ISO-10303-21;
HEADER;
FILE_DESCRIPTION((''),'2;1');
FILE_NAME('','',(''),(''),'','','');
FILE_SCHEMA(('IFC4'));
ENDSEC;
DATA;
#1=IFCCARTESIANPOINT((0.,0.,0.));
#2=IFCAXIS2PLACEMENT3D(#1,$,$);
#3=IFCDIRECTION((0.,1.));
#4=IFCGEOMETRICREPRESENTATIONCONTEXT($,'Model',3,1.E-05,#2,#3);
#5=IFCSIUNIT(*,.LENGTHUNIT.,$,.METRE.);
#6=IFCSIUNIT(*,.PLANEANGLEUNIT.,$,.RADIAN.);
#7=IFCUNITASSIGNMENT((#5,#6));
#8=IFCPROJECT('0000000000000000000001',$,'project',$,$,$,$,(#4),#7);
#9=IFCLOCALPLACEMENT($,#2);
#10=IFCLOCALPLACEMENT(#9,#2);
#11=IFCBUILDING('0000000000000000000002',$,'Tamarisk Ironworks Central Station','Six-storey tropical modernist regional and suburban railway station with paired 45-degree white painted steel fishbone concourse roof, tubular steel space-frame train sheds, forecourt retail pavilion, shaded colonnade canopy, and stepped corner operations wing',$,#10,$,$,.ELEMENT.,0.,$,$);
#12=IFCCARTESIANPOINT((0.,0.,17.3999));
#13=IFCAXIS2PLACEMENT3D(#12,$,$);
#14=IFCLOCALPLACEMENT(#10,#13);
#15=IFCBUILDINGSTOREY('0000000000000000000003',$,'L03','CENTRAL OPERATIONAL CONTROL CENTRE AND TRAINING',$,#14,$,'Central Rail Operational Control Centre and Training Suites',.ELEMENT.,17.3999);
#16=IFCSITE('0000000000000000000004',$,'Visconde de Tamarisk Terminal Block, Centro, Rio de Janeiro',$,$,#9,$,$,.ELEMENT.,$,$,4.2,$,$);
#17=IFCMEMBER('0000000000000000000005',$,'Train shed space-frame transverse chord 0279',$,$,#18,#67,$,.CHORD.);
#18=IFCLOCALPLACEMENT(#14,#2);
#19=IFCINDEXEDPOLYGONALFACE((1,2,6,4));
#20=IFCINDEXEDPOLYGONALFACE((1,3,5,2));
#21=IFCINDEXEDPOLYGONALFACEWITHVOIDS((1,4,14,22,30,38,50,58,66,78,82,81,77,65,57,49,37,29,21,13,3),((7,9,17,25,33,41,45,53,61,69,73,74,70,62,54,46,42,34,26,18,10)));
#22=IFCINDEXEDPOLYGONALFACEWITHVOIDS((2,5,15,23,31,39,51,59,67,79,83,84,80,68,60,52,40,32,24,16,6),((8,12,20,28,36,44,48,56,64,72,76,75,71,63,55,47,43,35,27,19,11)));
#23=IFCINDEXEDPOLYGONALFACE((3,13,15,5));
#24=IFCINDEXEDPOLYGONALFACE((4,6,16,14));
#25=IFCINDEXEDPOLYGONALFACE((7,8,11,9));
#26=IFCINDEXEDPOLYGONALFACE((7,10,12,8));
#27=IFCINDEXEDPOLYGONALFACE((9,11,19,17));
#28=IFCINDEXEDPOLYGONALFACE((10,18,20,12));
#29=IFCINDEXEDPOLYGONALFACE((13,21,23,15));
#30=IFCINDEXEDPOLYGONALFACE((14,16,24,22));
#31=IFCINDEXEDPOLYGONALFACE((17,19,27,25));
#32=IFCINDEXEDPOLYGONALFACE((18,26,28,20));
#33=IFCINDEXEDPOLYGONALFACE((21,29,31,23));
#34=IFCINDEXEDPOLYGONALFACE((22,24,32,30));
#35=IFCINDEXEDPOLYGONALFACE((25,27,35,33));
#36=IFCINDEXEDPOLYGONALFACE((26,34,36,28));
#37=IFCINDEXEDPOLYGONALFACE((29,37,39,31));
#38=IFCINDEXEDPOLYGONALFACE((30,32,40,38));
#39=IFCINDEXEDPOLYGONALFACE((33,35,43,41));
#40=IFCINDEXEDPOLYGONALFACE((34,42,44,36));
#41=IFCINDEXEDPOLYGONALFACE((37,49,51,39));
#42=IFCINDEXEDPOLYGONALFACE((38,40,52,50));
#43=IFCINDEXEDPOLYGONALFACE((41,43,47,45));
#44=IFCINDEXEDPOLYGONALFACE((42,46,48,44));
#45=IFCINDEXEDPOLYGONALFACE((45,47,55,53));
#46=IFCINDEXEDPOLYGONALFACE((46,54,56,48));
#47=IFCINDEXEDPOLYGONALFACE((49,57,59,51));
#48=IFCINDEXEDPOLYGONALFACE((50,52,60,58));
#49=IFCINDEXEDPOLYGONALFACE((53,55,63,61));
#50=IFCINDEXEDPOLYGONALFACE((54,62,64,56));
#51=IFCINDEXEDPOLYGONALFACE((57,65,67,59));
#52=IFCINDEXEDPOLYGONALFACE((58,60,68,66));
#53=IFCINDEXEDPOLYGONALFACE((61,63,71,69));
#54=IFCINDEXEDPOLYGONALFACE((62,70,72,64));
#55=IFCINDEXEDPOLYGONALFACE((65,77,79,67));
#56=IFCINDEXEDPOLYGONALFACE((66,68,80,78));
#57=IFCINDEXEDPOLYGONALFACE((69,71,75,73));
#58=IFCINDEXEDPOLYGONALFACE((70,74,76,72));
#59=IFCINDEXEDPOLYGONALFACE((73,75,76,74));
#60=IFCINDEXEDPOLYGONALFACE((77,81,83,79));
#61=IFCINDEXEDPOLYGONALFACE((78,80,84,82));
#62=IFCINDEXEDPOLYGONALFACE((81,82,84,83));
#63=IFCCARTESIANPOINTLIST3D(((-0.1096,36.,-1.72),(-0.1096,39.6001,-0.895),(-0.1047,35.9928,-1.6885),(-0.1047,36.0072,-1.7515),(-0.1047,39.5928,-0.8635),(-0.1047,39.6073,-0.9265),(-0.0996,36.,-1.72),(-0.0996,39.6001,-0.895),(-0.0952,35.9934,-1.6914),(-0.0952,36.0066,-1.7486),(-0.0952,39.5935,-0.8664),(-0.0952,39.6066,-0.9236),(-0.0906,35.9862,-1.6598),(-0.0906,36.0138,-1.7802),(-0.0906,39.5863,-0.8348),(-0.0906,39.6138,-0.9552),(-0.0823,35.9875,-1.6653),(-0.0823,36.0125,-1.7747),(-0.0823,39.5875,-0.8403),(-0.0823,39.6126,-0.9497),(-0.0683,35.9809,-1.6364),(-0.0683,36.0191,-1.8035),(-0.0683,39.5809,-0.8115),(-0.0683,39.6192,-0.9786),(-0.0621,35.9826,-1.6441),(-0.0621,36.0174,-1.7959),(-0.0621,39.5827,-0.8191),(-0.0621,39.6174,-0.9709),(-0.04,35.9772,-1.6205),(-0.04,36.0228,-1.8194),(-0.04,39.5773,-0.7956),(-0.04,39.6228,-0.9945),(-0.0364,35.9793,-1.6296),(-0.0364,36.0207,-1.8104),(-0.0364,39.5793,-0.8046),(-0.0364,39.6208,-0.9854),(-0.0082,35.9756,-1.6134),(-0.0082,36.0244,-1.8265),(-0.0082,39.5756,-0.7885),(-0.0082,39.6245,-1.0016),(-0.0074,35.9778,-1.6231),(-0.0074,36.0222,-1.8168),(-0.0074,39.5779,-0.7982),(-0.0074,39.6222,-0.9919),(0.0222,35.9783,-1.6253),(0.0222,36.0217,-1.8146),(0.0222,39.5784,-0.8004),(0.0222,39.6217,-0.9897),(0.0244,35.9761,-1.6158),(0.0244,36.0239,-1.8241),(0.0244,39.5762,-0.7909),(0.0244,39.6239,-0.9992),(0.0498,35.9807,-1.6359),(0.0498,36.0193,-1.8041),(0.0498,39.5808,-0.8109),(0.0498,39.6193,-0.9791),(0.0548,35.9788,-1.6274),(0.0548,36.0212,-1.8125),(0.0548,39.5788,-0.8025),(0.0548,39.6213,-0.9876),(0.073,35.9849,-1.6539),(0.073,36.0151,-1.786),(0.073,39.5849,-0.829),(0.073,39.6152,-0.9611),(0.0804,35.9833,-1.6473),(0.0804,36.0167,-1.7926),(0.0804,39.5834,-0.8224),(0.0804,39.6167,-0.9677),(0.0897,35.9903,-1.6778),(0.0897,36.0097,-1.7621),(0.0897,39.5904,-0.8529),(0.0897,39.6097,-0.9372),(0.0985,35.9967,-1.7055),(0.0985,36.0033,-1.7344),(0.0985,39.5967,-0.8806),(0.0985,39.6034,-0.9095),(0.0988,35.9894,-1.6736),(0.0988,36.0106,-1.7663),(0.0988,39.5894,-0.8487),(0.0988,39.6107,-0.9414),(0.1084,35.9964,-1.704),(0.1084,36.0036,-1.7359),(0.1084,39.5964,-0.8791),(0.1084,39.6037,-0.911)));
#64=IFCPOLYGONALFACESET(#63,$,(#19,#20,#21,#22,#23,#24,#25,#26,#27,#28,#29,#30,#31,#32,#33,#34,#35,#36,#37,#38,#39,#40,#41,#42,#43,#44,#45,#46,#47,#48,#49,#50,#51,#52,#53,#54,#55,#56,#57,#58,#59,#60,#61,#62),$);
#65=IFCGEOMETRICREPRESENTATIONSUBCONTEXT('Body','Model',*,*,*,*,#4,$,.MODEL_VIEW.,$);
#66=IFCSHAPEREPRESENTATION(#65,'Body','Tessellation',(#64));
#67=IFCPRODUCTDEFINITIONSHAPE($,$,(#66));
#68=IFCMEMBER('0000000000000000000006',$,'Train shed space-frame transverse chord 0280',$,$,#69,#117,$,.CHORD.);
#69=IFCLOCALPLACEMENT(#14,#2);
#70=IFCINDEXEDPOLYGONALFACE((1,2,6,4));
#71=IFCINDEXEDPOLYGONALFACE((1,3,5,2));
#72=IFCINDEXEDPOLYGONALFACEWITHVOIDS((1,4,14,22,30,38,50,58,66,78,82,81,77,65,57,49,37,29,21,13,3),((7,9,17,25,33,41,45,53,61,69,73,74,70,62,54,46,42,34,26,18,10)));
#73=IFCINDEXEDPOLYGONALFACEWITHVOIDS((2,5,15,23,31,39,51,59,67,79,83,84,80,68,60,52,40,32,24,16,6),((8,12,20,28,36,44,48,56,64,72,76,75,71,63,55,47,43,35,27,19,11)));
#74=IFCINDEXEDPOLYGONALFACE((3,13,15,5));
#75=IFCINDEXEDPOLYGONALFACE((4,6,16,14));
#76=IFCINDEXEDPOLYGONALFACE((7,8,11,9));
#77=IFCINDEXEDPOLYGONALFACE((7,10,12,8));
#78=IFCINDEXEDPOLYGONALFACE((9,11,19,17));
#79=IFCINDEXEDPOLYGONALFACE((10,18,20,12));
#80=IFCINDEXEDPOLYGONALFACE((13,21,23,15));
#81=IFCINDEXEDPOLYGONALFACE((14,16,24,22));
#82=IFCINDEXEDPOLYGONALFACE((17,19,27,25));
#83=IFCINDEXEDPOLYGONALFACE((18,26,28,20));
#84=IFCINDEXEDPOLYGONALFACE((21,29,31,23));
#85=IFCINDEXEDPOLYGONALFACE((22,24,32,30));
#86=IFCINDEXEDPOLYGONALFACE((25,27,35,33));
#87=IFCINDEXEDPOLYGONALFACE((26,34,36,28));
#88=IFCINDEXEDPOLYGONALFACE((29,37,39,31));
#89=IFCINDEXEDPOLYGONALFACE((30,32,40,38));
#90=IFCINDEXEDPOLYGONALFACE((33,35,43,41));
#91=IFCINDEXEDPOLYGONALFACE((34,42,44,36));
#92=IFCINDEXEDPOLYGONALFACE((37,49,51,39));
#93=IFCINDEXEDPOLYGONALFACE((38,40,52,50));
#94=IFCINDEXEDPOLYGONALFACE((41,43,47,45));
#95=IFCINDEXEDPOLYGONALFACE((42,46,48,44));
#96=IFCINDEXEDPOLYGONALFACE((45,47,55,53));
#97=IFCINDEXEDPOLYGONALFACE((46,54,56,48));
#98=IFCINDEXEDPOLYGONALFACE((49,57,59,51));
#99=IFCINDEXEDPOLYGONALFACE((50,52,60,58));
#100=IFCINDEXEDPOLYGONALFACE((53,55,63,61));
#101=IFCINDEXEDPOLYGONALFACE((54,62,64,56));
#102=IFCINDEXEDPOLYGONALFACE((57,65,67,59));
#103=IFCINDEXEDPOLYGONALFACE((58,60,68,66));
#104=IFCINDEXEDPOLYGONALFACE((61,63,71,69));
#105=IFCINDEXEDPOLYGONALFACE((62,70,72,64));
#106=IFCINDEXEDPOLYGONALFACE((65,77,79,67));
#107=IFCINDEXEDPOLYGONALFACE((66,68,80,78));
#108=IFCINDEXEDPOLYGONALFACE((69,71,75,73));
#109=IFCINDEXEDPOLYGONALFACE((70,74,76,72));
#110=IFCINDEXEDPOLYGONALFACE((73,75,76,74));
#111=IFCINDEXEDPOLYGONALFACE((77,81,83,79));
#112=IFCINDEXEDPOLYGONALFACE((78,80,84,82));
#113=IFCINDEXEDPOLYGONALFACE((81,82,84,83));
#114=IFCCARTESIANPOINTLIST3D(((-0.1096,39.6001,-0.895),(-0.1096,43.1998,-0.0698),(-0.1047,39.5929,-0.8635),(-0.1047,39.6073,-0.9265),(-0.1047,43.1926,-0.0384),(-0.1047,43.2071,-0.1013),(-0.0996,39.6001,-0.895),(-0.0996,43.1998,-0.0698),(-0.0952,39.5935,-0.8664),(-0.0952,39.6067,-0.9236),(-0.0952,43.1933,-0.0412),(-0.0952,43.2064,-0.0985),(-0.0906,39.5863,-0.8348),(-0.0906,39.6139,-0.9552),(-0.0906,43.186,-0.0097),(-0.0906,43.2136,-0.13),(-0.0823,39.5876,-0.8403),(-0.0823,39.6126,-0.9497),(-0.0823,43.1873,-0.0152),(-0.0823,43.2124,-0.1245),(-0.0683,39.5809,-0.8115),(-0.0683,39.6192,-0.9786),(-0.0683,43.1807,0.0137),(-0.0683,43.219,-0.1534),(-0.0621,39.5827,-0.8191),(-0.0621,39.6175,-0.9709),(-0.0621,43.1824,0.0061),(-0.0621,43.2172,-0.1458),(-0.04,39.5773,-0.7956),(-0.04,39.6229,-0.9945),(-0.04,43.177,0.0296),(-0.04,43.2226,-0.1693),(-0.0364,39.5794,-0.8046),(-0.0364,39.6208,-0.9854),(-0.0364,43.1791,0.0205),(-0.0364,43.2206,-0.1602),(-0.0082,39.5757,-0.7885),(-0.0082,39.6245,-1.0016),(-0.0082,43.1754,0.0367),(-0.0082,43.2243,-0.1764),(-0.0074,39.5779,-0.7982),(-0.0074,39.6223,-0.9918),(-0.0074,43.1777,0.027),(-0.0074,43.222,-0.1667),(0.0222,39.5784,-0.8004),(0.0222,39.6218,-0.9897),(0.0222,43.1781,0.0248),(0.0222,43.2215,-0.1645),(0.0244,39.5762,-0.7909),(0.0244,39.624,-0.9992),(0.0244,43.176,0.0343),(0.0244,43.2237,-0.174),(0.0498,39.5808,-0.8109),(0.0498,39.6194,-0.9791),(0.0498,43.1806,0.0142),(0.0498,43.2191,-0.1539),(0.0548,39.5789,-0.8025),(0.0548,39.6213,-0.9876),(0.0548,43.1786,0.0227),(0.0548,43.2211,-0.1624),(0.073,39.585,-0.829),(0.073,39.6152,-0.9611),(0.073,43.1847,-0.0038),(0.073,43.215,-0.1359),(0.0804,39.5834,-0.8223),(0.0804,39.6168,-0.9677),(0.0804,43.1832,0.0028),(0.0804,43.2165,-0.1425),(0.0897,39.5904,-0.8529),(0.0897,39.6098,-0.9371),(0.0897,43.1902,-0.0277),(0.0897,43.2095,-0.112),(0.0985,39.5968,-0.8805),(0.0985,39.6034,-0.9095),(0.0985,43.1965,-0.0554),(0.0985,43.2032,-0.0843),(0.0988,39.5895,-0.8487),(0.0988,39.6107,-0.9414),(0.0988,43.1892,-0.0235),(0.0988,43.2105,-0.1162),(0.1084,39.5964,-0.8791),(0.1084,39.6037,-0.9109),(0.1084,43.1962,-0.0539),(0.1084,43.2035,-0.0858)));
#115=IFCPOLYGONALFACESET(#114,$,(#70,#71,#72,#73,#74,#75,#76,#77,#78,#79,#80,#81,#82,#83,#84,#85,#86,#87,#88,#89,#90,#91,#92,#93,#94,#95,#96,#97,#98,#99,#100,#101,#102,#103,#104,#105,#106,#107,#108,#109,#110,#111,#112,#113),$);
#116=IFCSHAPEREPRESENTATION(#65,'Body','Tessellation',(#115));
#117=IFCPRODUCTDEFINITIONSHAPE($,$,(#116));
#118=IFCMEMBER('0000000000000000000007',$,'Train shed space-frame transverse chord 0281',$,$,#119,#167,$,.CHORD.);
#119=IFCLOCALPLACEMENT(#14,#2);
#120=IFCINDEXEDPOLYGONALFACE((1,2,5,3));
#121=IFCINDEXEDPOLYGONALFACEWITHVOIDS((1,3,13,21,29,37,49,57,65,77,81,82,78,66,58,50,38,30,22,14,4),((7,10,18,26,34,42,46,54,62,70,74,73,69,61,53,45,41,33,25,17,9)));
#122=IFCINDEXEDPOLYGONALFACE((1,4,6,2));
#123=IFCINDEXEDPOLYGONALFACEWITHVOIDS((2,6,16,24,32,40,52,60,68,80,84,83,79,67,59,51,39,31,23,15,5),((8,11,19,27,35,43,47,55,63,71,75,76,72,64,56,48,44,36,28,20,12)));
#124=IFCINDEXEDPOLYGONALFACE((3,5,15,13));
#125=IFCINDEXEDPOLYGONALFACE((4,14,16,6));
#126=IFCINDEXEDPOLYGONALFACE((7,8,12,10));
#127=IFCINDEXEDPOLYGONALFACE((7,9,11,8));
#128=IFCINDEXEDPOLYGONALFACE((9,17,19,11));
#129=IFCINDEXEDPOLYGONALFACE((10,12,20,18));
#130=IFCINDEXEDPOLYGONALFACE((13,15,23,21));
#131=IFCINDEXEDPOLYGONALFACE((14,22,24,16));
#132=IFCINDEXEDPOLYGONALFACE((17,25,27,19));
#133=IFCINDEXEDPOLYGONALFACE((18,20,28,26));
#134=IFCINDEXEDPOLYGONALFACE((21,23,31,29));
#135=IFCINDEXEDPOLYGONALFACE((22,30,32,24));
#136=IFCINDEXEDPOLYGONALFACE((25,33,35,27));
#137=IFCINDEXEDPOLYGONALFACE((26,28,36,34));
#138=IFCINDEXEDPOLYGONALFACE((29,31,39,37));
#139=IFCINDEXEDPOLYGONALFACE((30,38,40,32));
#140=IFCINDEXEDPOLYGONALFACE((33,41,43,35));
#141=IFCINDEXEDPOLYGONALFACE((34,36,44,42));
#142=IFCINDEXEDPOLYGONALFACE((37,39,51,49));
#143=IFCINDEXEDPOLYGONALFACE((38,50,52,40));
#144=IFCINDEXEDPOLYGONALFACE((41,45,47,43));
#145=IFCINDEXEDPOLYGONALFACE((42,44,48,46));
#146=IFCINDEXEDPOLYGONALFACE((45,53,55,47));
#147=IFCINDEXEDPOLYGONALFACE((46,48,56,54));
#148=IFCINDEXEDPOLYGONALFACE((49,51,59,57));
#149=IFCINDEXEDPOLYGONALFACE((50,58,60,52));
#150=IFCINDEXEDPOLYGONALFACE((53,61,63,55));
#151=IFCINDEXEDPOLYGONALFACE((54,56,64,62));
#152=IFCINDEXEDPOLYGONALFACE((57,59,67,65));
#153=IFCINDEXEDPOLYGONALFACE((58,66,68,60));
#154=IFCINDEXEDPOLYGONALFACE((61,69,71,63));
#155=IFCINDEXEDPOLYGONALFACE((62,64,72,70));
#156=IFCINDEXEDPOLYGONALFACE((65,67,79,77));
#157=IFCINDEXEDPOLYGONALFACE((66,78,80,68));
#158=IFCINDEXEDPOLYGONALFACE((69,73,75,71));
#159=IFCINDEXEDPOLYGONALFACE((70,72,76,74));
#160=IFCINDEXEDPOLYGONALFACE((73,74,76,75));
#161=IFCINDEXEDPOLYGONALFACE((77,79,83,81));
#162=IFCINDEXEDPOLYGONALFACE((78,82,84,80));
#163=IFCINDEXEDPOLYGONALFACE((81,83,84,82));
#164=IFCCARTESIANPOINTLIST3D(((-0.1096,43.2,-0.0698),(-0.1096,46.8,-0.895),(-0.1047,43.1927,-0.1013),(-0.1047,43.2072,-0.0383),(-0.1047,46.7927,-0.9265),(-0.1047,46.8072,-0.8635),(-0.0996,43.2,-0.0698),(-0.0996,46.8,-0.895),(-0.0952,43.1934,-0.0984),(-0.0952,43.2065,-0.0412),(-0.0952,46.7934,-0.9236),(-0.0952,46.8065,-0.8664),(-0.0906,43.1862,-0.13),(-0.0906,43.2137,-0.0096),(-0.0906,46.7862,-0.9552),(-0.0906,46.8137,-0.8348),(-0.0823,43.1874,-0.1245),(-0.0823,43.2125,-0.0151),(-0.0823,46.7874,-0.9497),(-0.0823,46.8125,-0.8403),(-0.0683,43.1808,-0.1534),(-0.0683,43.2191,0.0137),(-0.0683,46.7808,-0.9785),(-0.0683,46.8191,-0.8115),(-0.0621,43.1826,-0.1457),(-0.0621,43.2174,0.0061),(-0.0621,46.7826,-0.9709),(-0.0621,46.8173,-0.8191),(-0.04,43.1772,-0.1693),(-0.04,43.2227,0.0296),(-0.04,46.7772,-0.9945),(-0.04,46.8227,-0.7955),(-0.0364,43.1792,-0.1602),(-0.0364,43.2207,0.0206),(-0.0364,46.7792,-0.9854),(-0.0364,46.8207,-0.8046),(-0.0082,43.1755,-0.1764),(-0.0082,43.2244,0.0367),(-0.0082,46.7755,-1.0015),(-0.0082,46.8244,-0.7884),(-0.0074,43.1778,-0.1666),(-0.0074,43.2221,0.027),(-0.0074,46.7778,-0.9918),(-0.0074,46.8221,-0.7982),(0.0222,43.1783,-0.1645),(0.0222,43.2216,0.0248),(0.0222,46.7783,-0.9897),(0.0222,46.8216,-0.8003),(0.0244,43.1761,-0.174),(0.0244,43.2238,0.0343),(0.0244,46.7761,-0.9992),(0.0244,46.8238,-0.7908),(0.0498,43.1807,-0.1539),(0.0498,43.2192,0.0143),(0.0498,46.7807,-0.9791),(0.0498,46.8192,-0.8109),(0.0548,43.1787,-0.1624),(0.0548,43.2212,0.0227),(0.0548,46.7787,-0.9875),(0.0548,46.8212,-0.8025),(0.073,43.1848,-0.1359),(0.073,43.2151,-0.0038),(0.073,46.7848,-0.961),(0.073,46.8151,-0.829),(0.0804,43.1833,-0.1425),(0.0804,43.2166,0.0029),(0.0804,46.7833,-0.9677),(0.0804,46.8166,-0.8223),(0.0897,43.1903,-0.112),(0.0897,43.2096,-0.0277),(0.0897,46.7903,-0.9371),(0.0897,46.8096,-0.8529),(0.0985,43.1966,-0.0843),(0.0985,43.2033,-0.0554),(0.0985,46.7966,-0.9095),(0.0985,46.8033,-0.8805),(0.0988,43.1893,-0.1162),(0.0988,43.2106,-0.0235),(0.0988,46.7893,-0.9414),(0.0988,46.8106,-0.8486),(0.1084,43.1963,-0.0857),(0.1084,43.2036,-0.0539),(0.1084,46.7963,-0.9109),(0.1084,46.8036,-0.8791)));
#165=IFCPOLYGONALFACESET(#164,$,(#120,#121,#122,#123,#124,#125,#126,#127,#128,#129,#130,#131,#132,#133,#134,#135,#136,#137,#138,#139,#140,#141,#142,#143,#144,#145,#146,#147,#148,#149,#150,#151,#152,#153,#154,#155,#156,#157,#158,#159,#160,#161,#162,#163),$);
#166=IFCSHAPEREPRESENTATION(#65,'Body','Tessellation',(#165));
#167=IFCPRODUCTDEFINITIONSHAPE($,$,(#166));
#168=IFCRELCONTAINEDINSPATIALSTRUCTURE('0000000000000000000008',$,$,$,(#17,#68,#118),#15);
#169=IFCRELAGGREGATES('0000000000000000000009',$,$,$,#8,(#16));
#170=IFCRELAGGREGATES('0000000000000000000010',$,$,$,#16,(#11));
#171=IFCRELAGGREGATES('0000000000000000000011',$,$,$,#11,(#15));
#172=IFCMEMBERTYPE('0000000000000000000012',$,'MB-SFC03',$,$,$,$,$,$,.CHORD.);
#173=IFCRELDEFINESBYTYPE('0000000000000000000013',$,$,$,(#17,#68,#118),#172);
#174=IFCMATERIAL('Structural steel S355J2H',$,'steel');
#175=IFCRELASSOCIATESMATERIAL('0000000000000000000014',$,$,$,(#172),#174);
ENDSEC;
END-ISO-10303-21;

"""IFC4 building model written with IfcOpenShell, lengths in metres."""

from ifc_helpers import new_model, si_unit, direction, frame, origin, origin_2d, place, context, subcontext, project, spatial, hollow_circle, extrude, material, material_profile, profile_set, type_object, element, save


model = new_model("IFC4")

# Units and contexts
model_context = context("Model", 3, precision=1e-05, world=origin(), true_north=direction((0.0, 1.0)))
body_context = subcontext(model_context, "Body", "Model", "MODEL_VIEW")
ifc_project = project(units=[si_unit("LENGTHUNIT", "METRE"), si_unit("PLANEANGLEUNIT", "RADIAN")], contexts=[model_context])

# Site, building, storey
site_placement = place(None, origin())
site = spatial("IfcSite", under=ifc_project, at=site_placement, Name="Visconde de Tamarisk Terminal Block, Centro, Rio de Janeiro", CompositionType="ELEMENT", RefElevation=4.2)
building_placement = place(site_placement, origin())
building = spatial("IfcBuilding", under=site, at=building_placement, Name="Tamarisk Ironworks Central Station", Description="Six-storey tropical modernist regional and suburban railway station with paired 45-degree white painted steel fishbone concourse roof, tubular steel space-frame train sheds, forecourt retail pavilion, shaded colonnade canopy, and stepped corner operations wing", CompositionType="ELEMENT", ElevationOfRefHeight=0.0)
storey_placement = place(building_placement, frame((0.0, 0.0, 17.3999)))
storey = spatial("IfcBuildingStorey", under=building, at=storey_placement, Name="L03", Description="CENTRAL OPERATIONAL CONTROL CENTRE AND TRAINING", LongName="Central Rail Operational Control Centre and Training Suites", CompositionType="ELEMENT", Elevation=17.3999)

# Members
ifc_material_1 = material(Name="Structural steel S355J2H", Category="steel")
ifc_material_profile_1 = material_profile(ifc_material_1, hollow_circle(Radius=0.1096, WallThickness=0.01, at=origin_2d()), Name="CHS 219.1x10")
ifc_profile_set_1 = profile_set([ifc_material_profile_1], Name="Structural steel S355J2H")
member_type_1 = type_object("IfcMemberType", Name="MB-SFC03", PredefinedType="CHORD", material=ifc_profile_set_1)
member_1_placement = place(storey_placement, frame((0.0, 36.0, -1.72), z_axis=(0.0, 0.974737, 0.223358), x_axis=(-1.0, 0.0, 0.0)))
element("IfcMember", 1, at=member_1_placement, inside=storey, type_object=member_type_1, Name="Train shed space-frame transverse chord 0279", PredefinedType="CHORD", context=body_context, shape_type="SweptSolid", body=[
    extrude(hollow_circle(Radius=0.1096, WallThickness=0.01, at=origin_2d()), origin(), (0.0, 0.0, 1.0), 3.6934),
])
member_2_placement = place(storey_placement, frame((0.0, 39.6001, -0.895), z_axis=(0.0, 0.974719, 0.223435), x_axis=(-1.0, 0.0, 0.0)))
element("IfcMember", 2, at=member_2_placement, inside=storey, type_object=member_type_1, Name="Train shed space-frame transverse chord 0280", PredefinedType="CHORD", context=body_context, shape_type="SweptSolid", body=[
    extrude(hollow_circle(Radius=0.1096, WallThickness=0.01, at=origin_2d()), origin(), (0.0, 0.0, 1.0), 3.6931),
])
for number, where, z_axis, x_axis, name in (
    (3, (0.0, 43.2, -0.0698), (0.0, 0.974722, -0.223421), (-1.0, 0.0, 0.0), "Train shed space-frame transverse chord 0281"),
):
    element("IfcMember", number, at=place(storey_placement, frame(where, z_axis=z_axis, x_axis=x_axis)), inside=storey, type_object=member_type_1, Name=name, PredefinedType="CHORD", context=body_context, shape_type="SweptSolid", body=[
        extrude(hollow_circle(Radius=0.1096, WallThickness=0.01, at=origin_2d()), origin(), (0.0, 0.0, 1.0), 3.6934),
    ])

save(model, "model.ifc")
